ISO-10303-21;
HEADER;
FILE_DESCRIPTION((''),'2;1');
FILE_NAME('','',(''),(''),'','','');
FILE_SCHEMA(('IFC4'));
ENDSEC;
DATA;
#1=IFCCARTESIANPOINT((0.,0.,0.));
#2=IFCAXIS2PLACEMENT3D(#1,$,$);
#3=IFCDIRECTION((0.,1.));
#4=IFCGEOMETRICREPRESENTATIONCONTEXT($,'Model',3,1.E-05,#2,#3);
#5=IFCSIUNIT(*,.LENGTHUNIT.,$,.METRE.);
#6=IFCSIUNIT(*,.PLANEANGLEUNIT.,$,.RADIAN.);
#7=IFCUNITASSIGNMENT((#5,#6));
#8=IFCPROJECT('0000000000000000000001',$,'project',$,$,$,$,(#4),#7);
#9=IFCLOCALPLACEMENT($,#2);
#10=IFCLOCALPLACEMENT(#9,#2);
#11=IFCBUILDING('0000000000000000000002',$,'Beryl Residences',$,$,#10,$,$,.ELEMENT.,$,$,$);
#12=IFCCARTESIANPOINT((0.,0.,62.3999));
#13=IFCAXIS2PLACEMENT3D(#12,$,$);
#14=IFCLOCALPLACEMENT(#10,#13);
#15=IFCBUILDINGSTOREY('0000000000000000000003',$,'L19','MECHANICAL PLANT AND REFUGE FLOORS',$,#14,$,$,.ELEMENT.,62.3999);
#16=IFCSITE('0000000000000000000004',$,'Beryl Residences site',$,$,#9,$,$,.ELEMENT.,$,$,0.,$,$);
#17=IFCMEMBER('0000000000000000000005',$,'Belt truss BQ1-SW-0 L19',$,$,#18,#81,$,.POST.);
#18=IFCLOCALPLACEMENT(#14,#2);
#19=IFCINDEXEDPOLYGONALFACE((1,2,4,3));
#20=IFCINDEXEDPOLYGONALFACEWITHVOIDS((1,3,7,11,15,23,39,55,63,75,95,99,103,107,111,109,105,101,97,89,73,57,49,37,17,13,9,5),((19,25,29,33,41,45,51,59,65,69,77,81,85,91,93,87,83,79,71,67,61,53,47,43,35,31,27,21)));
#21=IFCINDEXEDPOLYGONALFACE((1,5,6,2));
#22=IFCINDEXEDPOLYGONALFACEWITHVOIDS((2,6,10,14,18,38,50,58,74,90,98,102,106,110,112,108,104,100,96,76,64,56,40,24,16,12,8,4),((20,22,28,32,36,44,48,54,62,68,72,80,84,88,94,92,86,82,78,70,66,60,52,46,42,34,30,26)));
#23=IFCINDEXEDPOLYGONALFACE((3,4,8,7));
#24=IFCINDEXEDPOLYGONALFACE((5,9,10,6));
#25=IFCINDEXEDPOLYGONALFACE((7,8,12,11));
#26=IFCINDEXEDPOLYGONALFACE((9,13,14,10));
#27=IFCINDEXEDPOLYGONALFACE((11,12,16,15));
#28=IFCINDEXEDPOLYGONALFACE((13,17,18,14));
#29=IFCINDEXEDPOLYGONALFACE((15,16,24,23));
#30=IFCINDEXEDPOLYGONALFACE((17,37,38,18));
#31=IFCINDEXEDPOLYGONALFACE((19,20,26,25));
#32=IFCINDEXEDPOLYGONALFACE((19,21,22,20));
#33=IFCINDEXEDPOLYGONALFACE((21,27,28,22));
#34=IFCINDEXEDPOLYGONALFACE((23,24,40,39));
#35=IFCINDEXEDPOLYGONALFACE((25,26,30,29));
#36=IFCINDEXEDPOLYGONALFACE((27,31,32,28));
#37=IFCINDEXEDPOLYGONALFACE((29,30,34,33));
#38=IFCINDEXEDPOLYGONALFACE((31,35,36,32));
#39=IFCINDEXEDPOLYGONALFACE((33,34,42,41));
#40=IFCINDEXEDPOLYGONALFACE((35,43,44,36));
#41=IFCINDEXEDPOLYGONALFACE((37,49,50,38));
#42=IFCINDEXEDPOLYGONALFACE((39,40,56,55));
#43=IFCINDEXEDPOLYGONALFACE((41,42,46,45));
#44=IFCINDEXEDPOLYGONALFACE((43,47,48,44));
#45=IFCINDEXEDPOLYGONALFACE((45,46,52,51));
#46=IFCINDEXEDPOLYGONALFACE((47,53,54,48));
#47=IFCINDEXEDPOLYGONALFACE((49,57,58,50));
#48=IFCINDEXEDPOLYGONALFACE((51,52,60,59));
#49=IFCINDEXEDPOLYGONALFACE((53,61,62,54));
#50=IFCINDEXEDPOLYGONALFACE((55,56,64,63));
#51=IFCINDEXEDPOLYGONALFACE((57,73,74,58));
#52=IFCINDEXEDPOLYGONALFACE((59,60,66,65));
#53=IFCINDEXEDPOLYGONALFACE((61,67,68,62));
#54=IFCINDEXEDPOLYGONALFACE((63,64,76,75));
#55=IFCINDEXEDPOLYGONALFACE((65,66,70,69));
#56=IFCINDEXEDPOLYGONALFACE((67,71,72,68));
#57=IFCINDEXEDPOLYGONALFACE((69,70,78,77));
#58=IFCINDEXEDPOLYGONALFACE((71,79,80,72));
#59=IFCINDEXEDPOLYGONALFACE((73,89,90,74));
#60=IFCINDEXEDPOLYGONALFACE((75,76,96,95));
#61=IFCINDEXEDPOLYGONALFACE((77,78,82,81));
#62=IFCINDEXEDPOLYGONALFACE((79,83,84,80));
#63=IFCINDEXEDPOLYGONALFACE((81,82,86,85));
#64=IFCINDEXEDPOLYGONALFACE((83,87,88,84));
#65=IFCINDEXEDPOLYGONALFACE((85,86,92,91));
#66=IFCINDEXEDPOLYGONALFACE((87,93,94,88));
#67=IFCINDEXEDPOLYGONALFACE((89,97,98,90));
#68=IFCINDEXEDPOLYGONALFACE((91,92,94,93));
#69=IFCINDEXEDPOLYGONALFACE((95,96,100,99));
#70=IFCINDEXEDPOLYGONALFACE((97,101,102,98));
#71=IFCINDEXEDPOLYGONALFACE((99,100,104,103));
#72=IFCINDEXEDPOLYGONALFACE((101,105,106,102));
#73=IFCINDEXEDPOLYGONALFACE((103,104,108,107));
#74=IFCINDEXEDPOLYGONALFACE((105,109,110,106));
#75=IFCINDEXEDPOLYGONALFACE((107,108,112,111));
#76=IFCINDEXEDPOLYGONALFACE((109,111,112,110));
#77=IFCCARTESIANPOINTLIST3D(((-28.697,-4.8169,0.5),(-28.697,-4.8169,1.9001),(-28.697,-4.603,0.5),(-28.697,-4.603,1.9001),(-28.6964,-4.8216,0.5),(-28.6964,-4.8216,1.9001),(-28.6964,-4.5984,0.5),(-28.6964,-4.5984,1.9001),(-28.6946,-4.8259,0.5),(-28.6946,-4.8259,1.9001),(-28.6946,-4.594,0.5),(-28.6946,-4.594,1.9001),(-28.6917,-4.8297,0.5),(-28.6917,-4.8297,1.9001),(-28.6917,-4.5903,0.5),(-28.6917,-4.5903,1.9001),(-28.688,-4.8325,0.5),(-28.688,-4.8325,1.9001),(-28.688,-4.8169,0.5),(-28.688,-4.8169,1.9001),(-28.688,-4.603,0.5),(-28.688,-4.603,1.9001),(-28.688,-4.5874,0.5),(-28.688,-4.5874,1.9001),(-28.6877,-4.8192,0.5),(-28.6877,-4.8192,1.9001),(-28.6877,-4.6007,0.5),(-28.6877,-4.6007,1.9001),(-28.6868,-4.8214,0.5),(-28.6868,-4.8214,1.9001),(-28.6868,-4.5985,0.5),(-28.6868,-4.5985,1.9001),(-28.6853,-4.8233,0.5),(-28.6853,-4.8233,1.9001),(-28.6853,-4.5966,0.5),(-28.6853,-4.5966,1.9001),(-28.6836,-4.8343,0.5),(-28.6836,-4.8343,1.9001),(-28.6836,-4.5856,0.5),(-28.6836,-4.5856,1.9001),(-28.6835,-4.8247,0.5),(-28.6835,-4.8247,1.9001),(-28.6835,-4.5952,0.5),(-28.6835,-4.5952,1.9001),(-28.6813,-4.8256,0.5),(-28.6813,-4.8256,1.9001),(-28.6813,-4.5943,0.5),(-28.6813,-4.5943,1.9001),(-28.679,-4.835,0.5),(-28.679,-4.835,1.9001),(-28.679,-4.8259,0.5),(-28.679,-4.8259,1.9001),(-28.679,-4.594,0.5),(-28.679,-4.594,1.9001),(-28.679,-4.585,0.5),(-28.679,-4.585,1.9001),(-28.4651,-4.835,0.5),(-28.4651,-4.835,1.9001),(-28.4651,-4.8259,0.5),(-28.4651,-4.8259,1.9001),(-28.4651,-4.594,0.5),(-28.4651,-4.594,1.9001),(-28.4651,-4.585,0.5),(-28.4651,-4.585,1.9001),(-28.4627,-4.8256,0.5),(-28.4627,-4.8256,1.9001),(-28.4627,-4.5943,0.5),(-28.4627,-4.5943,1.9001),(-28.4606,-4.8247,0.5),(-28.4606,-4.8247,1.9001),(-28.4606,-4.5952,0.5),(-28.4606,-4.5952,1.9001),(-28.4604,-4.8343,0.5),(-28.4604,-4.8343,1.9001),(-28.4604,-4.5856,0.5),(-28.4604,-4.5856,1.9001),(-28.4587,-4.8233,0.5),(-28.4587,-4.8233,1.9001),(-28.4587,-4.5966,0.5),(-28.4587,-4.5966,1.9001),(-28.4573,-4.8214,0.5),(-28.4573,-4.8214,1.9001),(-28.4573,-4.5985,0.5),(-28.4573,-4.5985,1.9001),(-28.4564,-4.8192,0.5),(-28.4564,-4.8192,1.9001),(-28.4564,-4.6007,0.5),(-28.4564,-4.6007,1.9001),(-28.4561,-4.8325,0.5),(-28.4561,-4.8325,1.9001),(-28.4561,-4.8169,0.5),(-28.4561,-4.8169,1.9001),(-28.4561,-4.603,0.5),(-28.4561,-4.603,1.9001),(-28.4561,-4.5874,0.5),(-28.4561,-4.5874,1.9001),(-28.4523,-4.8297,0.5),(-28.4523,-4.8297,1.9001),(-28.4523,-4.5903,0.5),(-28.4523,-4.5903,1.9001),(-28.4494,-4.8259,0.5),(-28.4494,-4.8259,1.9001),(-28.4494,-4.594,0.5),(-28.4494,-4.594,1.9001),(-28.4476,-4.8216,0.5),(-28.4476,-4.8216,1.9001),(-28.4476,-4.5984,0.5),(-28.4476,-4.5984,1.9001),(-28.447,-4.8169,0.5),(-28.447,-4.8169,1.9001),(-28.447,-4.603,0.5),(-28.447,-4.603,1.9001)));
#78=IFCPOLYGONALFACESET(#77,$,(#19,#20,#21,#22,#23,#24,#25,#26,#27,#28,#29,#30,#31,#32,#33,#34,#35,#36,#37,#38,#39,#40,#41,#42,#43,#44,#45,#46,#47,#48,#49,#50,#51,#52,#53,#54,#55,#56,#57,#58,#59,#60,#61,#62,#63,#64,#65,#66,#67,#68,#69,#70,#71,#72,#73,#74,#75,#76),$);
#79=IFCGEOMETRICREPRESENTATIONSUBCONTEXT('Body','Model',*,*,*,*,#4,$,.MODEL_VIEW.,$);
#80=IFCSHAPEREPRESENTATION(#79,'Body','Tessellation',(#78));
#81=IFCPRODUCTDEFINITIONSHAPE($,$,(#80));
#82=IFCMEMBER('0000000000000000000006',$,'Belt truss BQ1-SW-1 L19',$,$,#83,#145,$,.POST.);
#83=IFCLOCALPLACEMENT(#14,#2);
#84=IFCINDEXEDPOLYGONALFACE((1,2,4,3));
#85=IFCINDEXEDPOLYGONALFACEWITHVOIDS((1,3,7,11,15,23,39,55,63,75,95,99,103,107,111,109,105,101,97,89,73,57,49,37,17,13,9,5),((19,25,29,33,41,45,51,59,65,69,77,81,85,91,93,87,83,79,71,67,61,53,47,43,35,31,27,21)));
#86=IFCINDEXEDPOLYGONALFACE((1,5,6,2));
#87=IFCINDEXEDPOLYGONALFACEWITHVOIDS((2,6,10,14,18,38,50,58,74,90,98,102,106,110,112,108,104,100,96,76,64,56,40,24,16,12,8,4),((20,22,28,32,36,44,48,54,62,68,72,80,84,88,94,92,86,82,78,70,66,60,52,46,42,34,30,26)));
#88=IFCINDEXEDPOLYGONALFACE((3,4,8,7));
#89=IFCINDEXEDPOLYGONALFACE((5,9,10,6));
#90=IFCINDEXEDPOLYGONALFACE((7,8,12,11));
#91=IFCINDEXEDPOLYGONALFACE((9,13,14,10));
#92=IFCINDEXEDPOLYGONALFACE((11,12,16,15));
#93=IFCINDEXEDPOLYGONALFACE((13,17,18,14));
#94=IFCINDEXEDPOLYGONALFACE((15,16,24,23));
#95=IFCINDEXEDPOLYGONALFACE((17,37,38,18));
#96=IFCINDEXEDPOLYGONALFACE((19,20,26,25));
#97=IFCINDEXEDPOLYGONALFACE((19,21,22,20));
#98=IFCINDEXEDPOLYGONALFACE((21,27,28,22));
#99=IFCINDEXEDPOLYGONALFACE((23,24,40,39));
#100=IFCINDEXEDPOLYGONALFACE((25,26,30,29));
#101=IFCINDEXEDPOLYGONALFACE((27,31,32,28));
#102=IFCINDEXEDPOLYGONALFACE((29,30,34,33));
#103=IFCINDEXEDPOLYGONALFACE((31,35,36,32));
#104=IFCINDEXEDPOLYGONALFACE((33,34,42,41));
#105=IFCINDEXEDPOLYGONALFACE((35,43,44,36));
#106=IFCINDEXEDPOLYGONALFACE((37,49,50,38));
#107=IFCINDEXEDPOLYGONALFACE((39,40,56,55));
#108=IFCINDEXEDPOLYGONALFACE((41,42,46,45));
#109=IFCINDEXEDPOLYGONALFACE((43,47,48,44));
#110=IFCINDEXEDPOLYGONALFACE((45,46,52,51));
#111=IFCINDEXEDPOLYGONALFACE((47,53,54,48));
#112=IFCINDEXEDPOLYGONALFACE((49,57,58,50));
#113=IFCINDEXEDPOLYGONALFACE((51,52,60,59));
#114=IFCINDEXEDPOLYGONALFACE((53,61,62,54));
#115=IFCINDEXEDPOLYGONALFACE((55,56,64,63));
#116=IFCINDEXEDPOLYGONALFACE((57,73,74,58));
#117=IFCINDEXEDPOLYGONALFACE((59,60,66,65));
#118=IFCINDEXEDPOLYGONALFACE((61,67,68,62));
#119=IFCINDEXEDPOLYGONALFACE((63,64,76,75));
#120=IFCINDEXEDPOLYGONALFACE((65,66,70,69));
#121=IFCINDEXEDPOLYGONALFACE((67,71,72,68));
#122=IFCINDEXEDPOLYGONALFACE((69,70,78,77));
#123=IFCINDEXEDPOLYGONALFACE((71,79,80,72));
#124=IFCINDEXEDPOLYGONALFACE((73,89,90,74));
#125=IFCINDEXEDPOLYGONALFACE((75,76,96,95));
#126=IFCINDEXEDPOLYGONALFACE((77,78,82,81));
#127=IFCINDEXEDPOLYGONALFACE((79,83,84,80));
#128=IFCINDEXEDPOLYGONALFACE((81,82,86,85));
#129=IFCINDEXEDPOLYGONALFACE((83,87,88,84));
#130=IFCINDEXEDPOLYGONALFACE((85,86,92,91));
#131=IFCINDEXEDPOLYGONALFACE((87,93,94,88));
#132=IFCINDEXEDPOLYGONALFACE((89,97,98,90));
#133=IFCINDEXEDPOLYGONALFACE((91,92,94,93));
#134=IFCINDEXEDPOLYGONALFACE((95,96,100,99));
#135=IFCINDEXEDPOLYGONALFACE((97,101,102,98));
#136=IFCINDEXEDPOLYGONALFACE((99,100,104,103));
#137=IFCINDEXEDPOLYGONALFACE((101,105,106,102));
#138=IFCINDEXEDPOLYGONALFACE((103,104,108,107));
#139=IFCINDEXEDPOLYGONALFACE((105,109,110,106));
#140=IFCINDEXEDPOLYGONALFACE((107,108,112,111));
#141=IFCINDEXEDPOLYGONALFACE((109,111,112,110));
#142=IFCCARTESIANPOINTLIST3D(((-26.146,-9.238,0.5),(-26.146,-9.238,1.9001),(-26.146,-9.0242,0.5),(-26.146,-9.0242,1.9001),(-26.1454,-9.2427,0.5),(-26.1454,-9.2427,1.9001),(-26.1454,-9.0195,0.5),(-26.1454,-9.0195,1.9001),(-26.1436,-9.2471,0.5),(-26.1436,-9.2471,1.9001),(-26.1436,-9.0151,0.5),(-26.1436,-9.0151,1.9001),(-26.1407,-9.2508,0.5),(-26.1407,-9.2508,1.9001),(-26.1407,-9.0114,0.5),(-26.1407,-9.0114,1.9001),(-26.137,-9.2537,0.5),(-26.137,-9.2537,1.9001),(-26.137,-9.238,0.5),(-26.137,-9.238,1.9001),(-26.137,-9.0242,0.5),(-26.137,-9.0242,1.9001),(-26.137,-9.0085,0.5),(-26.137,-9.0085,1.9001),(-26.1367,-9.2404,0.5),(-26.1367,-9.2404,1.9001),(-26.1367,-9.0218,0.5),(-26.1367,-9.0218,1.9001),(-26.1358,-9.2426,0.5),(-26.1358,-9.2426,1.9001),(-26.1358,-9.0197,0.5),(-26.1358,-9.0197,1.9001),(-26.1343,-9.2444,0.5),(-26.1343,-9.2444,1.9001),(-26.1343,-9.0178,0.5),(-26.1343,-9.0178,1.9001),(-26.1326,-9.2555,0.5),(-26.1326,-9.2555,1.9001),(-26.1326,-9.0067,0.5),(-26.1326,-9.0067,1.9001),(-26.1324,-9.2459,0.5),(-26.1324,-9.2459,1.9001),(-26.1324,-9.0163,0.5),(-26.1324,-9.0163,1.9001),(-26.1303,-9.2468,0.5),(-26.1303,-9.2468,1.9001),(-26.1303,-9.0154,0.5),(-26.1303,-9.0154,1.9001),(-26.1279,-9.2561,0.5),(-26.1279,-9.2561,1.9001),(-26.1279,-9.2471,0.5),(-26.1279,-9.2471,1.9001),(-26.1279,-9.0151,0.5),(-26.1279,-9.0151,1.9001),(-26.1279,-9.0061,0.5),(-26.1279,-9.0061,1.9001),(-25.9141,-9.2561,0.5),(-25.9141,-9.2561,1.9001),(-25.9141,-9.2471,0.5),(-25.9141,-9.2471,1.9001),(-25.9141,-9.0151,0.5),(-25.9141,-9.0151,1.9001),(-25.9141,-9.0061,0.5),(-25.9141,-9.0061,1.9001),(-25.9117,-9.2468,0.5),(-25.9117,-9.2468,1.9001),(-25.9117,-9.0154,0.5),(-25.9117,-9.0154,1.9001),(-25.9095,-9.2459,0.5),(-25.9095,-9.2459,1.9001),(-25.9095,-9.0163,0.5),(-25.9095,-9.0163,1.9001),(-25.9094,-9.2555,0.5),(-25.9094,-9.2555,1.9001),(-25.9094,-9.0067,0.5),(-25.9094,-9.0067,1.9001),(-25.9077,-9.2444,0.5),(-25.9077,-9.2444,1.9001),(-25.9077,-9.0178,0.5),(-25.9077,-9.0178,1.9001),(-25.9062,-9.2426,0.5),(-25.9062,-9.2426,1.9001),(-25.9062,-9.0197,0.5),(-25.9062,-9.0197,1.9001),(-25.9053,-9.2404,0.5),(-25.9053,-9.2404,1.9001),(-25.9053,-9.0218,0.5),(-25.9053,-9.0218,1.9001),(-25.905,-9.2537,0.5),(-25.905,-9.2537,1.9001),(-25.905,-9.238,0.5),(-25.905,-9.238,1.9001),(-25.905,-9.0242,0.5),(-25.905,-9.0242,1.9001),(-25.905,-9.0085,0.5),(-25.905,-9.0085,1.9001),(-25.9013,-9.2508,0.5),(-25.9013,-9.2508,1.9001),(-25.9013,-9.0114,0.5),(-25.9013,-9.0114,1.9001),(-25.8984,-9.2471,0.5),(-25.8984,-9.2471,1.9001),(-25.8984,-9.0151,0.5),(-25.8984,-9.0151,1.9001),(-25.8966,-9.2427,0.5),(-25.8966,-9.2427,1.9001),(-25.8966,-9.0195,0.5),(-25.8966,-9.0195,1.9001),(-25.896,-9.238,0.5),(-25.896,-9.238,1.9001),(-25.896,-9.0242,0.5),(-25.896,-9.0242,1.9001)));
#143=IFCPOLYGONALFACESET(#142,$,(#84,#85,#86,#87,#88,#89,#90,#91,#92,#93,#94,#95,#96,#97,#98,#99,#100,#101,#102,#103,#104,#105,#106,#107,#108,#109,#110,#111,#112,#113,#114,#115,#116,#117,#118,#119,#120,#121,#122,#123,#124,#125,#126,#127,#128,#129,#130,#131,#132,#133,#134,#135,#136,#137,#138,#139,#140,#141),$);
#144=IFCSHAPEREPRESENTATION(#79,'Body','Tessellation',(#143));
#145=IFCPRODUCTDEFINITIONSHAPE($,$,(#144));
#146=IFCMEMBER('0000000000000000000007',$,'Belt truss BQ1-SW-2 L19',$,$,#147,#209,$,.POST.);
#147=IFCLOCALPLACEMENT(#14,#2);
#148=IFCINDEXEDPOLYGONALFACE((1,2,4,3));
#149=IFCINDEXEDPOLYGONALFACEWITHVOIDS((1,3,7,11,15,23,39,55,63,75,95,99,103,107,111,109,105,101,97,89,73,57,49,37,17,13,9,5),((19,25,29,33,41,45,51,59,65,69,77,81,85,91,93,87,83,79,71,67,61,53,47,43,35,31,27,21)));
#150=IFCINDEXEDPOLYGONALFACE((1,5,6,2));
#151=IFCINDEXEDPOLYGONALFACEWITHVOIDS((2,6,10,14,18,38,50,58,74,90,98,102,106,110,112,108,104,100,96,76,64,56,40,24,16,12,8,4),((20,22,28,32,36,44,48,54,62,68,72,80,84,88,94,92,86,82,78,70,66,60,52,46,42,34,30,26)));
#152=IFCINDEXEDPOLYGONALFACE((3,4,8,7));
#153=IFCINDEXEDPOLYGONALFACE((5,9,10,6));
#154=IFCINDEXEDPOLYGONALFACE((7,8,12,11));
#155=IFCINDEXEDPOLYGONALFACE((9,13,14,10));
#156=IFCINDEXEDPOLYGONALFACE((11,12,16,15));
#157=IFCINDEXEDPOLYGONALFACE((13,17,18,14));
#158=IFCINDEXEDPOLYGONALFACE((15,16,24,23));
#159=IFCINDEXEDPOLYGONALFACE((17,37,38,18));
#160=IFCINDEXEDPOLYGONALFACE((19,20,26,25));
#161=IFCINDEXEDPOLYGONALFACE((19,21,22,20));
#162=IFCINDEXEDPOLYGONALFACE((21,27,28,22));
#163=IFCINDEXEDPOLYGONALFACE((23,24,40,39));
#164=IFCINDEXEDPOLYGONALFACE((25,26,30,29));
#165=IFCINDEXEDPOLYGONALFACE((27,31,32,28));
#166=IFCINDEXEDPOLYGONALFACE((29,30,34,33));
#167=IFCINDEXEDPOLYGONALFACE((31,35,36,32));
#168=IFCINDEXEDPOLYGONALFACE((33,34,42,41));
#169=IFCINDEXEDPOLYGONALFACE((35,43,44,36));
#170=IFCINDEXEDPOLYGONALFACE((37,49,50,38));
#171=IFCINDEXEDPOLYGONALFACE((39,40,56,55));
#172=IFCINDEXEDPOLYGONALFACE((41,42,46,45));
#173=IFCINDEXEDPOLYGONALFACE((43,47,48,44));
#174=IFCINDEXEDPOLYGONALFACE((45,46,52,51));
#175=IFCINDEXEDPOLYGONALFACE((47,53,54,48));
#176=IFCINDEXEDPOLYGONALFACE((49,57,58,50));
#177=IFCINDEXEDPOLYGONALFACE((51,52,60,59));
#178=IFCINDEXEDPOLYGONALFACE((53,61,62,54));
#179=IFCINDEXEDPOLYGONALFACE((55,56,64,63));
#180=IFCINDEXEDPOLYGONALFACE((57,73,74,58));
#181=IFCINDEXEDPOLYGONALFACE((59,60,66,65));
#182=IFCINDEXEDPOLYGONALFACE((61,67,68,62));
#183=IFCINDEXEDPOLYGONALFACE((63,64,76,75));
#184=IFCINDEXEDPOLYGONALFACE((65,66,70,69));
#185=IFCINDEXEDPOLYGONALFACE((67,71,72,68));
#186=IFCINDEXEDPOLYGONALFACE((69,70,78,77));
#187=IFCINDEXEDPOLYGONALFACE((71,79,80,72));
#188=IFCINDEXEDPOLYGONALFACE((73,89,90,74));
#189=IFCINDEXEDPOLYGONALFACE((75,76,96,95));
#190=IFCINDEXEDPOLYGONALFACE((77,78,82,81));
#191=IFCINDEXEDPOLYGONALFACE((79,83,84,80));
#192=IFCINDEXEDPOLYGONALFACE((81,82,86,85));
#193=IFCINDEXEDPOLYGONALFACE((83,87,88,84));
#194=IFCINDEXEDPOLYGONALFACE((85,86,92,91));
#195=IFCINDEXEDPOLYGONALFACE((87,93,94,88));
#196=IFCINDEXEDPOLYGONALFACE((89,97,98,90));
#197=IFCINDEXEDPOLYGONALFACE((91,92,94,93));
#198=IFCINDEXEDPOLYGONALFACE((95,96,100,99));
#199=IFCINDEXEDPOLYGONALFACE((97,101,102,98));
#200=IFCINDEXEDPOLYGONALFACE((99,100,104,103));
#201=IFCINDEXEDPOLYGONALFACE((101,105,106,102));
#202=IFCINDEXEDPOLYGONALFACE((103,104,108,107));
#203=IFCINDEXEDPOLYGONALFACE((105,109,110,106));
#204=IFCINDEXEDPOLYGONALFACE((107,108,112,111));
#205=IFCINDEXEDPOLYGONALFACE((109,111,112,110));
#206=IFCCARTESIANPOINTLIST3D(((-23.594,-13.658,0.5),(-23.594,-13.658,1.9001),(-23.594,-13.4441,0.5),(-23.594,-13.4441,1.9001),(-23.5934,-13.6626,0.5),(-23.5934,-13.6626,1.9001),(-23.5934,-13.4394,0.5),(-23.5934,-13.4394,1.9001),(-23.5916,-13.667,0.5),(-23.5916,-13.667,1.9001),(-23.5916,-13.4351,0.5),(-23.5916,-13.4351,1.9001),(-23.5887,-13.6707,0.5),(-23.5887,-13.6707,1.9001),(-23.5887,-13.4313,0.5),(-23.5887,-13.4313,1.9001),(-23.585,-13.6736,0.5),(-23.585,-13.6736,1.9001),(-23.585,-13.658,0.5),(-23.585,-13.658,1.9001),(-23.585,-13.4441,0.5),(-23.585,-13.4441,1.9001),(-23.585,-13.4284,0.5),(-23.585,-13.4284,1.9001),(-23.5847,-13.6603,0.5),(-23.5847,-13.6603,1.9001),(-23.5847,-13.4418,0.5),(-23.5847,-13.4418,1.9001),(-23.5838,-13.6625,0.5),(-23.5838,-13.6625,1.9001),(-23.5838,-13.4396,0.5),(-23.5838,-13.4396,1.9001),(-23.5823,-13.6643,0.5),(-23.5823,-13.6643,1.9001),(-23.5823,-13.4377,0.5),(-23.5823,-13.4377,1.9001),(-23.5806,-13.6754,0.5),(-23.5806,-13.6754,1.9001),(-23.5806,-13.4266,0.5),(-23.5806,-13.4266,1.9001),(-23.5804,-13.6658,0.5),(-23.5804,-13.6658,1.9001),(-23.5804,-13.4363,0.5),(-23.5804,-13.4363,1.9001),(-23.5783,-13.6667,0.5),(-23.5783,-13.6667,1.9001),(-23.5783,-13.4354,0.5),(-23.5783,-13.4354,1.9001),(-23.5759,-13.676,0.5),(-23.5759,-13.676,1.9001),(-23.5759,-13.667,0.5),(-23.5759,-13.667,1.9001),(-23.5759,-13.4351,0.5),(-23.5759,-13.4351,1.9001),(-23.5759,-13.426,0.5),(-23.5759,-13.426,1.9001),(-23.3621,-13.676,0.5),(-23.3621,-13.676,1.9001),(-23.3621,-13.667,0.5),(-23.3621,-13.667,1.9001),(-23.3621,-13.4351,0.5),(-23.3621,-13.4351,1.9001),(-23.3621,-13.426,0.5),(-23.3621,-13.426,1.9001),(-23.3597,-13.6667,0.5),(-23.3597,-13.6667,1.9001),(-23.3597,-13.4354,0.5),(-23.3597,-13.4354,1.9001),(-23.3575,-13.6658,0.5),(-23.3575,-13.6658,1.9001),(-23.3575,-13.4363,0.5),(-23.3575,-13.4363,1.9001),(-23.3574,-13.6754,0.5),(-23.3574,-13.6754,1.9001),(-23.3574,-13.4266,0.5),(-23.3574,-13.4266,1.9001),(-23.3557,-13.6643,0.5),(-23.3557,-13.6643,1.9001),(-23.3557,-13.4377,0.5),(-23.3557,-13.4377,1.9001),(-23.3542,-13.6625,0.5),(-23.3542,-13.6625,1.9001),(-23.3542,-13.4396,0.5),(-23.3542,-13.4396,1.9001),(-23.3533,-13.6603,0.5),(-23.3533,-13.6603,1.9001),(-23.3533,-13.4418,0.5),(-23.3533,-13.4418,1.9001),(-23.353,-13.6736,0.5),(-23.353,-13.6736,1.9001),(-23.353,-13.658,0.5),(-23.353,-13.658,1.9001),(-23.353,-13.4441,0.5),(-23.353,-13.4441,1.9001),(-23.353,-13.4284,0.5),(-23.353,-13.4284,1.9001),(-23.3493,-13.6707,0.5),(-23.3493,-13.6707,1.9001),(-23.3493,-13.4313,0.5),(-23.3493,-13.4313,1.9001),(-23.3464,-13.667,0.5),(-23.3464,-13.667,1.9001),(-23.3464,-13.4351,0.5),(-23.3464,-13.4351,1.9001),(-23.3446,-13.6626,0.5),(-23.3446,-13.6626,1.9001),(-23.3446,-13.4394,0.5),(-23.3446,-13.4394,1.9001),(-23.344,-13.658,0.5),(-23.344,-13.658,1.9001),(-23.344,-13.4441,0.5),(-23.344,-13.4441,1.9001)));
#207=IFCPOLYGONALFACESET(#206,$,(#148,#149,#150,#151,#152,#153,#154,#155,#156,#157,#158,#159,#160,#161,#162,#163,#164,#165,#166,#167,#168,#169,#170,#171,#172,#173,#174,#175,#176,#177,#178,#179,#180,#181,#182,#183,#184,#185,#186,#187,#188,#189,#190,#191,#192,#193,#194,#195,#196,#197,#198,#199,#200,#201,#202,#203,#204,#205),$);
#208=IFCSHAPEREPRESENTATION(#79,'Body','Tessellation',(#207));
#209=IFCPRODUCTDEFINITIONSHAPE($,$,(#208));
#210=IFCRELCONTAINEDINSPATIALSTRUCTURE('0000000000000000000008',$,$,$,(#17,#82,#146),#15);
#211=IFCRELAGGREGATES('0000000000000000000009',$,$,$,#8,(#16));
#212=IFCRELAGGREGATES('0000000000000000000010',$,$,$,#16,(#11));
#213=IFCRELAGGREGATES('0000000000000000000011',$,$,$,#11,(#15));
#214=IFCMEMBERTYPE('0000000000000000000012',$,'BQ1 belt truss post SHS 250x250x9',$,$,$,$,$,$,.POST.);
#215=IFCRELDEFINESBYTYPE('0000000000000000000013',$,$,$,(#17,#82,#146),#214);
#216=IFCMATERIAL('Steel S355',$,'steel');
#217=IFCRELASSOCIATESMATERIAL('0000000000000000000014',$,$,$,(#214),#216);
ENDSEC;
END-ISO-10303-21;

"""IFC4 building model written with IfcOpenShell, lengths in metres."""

from ifc_helpers import new_model, si_unit, direction, frame, origin, origin_2d, place, context, subcontext, project, spatial, hollow_rectangle, extrude, material, material_profile, profile_set, type_object, element, save


model = new_model("IFC4")

# Units and contexts
model_context = context("Model", 3, precision=1e-05, world=origin(), true_north=direction((0.0, 1.0)))
body_context = subcontext(model_context, "Body", "Model", "MODEL_VIEW")
ifc_project = project(units=[si_unit("LENGTHUNIT", "METRE"), si_unit("PLANEANGLEUNIT", "RADIAN")], contexts=[model_context])

# Site, building, storey
site_placement = place(None, origin())
site = spatial("IfcSite", under=ifc_project, at=site_placement, Name="Beryl Residences site", CompositionType="ELEMENT", RefElevation=0.0)
building_placement = place(site_placement, origin())
building = spatial("IfcBuilding", under=site, at=building_placement, Name="Beryl Residences", CompositionType="ELEMENT")
storey_placement = place(building_placement, frame((0.0, 0.0, 62.3999)))
storey = spatial("IfcBuildingStorey", under=building, at=storey_placement, Name="L19", Description="MECHANICAL PLANT AND REFUGE FLOORS", CompositionType="ELEMENT", Elevation=62.3999)

# Members
ifc_material_1 = material(Name="Steel S355", Category="steel")
ifc_material_profile_1 = material_profile(ifc_material_1, hollow_rectangle(XDim=0.25, YDim=0.25, WallThickness=0.009, InnerFilletRadius=0.009, OuterFilletRadius=0.0181, at=origin_2d()))
ifc_profile_set_1 = profile_set([ifc_material_profile_1], Name="Steel S355")
member_type_1 = type_object("IfcMemberType", Name="BQ1 belt truss post SHS 250x250x9", PredefinedType="POST", material=ifc_profile_set_1)
for number, where, z_axis, x_axis, name in (
    (1, (-28.572, -4.71, 0.5), (0.0, 0.0, 1.0), (1.0, 0.0, 0.0), "Belt truss BQ1-SW-0 L19"),
    (2, (-26.021, -9.1311, 0.5), (0.0, 0.0, 1.0), (1.0, 0.0, 0.0), "Belt truss BQ1-SW-1 L19"),
    (3, (-23.469, -13.551, 0.5), (0.0, 0.0, 1.0), (1.0, 0.0, 0.0), "Belt truss BQ1-SW-2 L19"),
):
    element("IfcMember", number, at=place(storey_placement, frame(where, z_axis=z_axis, x_axis=x_axis)), inside=storey, type_object=member_type_1, Name=name, PredefinedType="POST", context=body_context, shape_type="SweptSolid", body=[
        extrude(hollow_rectangle(XDim=0.25, YDim=0.25, WallThickness=0.009, InnerFilletRadius=0.009, OuterFilletRadius=0.0181, at=origin_2d()), origin(), (0.0, 0.0, 1.0), 1.4001),
    ])

save(model, "model.ifc")
